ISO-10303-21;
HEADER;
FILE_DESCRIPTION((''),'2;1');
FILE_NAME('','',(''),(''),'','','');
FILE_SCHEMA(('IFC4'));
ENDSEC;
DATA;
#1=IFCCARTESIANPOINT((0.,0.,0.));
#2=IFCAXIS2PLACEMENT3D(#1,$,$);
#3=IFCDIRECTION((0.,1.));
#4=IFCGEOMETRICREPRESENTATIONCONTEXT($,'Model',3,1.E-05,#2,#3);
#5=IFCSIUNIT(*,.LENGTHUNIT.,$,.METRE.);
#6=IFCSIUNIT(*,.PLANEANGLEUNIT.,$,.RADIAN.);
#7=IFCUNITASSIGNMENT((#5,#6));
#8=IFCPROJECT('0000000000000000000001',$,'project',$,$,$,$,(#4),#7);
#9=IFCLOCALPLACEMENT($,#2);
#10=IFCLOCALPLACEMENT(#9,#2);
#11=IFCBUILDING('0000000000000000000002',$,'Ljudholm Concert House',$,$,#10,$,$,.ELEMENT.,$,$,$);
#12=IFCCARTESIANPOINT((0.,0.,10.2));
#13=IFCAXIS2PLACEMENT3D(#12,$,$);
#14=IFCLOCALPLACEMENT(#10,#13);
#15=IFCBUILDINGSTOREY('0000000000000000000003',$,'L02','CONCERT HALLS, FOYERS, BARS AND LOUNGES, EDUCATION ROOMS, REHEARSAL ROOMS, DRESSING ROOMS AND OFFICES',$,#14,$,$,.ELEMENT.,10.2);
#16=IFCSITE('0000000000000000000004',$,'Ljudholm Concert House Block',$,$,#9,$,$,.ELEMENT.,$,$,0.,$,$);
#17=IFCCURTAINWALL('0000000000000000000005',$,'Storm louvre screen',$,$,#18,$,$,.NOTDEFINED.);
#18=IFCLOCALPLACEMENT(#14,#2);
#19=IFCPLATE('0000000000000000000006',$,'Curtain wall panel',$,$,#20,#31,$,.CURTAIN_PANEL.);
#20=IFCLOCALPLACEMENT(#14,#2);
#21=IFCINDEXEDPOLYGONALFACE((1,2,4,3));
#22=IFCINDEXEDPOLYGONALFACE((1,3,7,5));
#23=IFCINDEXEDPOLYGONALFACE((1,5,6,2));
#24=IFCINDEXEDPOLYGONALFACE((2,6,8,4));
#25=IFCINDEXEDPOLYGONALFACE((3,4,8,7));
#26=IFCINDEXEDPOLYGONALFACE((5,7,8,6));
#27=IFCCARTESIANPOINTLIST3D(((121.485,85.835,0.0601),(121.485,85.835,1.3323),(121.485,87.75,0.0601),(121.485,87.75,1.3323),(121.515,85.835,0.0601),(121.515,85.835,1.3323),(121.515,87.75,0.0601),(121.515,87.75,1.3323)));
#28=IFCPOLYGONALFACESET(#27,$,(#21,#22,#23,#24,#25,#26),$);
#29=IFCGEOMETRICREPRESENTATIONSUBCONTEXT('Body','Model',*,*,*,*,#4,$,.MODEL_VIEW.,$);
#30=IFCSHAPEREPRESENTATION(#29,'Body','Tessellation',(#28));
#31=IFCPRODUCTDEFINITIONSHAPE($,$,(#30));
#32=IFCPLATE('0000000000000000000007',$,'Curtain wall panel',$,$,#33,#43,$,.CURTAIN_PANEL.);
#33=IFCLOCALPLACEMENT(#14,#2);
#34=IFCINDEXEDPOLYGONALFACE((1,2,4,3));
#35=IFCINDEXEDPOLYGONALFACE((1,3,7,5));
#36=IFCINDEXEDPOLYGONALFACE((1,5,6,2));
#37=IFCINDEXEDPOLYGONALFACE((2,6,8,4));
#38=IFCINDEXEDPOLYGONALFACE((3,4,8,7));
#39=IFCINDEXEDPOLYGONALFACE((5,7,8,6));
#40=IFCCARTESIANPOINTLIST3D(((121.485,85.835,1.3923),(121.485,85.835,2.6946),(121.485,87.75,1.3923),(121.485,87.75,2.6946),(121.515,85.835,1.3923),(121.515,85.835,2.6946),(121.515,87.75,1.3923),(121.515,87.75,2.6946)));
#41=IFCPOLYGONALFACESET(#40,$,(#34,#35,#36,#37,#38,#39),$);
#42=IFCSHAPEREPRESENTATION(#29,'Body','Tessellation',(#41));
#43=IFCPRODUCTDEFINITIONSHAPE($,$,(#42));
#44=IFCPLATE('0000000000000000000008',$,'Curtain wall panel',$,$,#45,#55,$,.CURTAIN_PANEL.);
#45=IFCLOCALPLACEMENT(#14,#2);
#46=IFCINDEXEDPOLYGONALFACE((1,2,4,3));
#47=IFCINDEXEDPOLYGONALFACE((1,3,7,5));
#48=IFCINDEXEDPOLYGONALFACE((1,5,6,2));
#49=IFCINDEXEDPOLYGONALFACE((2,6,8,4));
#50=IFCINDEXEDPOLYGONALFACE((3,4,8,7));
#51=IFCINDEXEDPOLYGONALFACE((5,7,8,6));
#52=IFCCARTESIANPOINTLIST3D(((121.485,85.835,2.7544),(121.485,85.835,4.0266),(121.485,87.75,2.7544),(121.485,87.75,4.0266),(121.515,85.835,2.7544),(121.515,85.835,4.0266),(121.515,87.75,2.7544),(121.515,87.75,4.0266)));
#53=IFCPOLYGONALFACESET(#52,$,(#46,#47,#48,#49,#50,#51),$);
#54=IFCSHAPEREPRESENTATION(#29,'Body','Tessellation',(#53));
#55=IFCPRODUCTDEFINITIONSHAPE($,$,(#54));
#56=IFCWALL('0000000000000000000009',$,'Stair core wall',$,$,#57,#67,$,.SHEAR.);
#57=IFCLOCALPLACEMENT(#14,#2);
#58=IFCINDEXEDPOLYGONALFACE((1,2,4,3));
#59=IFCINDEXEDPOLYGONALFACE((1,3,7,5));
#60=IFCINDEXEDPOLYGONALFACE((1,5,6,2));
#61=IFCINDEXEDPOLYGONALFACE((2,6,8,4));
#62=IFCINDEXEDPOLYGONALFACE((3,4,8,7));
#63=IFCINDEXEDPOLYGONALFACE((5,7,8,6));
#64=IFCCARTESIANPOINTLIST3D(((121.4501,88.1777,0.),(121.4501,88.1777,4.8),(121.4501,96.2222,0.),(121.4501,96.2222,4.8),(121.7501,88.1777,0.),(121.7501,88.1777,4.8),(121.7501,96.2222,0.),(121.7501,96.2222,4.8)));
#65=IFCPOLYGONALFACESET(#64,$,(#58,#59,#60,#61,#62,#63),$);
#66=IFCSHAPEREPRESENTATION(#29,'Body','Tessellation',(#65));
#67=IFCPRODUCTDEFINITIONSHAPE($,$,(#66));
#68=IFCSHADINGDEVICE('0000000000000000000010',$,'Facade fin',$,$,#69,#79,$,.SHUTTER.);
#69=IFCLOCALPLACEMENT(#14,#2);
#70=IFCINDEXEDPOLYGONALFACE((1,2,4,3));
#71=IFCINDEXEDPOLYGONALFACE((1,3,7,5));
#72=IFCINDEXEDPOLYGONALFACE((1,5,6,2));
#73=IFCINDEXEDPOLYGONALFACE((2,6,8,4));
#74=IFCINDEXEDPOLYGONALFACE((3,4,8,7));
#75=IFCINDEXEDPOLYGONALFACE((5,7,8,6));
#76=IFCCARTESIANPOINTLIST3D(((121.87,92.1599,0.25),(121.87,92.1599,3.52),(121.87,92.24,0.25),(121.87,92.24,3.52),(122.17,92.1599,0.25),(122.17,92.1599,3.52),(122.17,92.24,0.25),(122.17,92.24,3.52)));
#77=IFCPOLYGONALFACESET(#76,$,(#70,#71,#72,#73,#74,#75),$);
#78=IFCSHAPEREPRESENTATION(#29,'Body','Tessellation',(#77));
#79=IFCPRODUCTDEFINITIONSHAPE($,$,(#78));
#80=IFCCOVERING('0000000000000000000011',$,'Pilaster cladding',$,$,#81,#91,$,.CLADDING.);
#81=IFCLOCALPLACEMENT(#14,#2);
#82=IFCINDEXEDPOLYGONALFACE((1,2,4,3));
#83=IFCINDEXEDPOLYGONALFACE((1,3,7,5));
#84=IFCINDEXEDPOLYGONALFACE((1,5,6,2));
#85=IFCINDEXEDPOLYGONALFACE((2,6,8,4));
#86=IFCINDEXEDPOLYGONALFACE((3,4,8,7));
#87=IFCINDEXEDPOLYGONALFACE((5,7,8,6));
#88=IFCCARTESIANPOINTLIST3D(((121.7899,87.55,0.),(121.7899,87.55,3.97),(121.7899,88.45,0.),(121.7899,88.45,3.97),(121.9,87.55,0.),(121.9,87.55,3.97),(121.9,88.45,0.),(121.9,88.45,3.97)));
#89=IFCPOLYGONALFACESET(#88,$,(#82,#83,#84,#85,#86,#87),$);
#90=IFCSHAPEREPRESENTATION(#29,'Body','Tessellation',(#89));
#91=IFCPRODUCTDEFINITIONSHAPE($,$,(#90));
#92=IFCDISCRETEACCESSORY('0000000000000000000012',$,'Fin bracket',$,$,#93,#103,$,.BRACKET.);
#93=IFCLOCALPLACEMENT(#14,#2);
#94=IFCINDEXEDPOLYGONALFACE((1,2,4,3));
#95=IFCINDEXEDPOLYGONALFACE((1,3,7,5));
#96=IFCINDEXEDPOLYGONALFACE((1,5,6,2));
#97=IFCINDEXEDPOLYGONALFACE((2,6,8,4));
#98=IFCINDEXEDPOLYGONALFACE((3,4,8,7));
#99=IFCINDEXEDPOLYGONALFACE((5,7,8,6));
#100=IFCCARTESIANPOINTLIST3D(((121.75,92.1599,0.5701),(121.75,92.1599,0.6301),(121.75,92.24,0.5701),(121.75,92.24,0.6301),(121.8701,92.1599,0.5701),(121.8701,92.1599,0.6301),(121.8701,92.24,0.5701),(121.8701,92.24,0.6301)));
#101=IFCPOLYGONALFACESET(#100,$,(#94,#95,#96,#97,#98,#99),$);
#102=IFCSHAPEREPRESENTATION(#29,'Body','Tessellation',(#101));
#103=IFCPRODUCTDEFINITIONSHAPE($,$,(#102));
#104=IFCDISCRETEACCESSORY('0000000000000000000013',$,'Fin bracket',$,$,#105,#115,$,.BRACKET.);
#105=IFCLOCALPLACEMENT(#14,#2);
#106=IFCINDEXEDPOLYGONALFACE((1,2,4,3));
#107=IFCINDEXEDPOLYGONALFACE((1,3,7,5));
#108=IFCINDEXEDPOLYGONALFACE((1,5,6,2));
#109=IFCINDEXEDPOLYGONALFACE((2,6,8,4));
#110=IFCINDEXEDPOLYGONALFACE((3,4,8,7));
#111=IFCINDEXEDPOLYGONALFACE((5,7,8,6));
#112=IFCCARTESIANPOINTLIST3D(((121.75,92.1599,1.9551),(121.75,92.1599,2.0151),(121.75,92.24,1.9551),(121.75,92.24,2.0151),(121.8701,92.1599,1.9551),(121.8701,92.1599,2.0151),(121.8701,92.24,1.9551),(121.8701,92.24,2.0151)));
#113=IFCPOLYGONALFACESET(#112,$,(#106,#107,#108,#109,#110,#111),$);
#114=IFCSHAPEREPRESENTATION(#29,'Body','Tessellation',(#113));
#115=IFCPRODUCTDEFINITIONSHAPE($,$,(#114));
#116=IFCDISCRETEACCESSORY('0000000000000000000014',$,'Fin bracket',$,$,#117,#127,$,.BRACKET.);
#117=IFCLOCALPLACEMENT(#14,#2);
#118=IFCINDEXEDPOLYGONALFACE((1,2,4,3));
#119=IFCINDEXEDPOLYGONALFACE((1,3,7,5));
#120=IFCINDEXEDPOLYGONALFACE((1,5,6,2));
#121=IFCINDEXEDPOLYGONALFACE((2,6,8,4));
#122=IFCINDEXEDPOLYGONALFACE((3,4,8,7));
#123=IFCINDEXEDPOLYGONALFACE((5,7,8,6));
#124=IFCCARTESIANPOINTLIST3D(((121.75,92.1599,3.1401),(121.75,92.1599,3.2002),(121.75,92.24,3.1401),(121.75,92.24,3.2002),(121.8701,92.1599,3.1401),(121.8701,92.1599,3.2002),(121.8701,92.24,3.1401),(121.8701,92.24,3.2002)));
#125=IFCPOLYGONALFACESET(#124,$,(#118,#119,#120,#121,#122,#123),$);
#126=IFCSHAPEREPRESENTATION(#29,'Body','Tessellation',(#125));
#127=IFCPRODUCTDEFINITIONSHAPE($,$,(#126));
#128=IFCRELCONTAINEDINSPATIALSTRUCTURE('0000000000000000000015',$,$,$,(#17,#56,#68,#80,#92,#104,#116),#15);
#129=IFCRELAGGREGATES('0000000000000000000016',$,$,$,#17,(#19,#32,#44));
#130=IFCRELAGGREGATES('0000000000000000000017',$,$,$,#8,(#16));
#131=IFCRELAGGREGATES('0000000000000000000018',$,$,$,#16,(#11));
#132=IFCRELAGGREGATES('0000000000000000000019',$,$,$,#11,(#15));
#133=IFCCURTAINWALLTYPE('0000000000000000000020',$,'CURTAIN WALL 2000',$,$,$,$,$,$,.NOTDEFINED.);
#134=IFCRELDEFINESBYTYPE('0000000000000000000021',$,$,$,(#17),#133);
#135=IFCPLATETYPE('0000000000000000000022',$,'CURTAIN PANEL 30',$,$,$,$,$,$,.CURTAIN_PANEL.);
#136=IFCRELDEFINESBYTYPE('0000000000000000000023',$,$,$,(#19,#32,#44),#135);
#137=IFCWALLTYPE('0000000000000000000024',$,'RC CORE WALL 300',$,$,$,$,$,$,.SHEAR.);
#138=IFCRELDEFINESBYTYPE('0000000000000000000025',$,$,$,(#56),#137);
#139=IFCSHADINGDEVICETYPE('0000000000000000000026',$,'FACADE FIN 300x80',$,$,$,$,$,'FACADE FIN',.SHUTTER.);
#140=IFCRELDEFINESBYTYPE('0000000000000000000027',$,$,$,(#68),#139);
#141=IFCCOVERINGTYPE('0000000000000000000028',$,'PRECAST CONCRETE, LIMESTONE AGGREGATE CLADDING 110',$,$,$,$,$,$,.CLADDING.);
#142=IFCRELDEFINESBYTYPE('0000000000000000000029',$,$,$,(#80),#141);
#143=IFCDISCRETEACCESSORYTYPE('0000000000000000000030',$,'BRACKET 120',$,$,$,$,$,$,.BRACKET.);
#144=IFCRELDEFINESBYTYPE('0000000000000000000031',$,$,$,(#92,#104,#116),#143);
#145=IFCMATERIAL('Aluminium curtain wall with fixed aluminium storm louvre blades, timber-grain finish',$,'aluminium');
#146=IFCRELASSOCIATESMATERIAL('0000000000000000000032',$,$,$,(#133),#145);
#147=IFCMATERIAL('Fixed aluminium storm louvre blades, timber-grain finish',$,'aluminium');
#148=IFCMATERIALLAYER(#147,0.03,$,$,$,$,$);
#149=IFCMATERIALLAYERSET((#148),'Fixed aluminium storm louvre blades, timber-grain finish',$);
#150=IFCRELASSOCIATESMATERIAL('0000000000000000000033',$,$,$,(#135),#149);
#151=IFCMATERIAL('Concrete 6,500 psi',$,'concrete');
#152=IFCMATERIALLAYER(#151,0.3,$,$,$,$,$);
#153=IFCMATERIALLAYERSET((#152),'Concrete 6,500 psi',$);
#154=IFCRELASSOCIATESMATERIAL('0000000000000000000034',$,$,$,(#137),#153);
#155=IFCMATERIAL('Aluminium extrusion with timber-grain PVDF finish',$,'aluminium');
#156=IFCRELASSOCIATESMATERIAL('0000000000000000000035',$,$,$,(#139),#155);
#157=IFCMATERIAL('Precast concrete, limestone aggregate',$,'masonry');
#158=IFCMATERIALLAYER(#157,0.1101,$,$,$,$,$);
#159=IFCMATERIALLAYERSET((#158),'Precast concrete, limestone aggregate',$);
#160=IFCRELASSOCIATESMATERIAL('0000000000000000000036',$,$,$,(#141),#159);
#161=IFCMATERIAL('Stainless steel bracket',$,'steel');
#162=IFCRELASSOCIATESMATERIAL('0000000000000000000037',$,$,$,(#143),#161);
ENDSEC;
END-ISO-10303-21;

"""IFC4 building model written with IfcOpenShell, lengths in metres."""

from ifc_helpers import new_model, si_unit, direction, frame, frame_2d, origin, origin_2d, place, context, subcontext, project, spatial, rectangle, extrude, material, layer, layer_set, type_object, element, aggregate, save


model = new_model("IFC4")

# Units and contexts
model_context = context("Model", 3, precision=1e-05, world=origin(), true_north=direction((0.0, 1.0)))
body_context = subcontext(model_context, "Body", "Model", "MODEL_VIEW")
ifc_project = project(units=[si_unit("LENGTHUNIT", "METRE"), si_unit("PLANEANGLEUNIT", "RADIAN")], contexts=[model_context])

# Site, building, storey
site_placement = place(None, origin())
site = spatial("IfcSite", under=ifc_project, at=site_placement, Name="Ljudholm Concert House Block", CompositionType="ELEMENT", RefElevation=0.0)
building_placement = place(site_placement, origin())
building = spatial("IfcBuilding", under=site, at=building_placement, Name="Ljudholm Concert House", CompositionType="ELEMENT")
storey_placement = place(building_placement, frame((0.0, 0.0, 10.2)))
storey = spatial("IfcBuildingStorey", under=building, at=storey_placement, Name="L02", Description="CONCERT HALLS, FOYERS, BARS AND LOUNGES, EDUCATION ROOMS, REHEARSAL ROOMS, DRESSING ROOMS AND OFFICES", CompositionType="ELEMENT", Elevation=10.2)

# Curtain wall
ifc_material_1 = material(Name="Aluminium curtain wall with fixed aluminium storm louvre blades, timber-grain finish", Category="aluminium")
curtain_wall_type = type_object("IfcCurtainWallType", Name="CURTAIN WALL 2000", PredefinedType="NOTDEFINED", material=ifc_material_1)
curtain_wall_placement = place(storey_placement, origin())
curtain_wall = element("IfcCurtainWall", 1, at=curtain_wall_placement, inside=storey, type_object=curtain_wall_type, Name="Storm louvre screen", PredefinedType="NOTDEFINED")

# Plates
ifc_material_2 = material(Name="Fixed aluminium storm louvre blades, timber-grain finish", Category="aluminium")
ifc_layer_1 = layer(ifc_material_2, 0.03)
ifc_layer_set_1 = layer_set([ifc_layer_1], Name="Fixed aluminium storm louvre blades, timber-grain finish")
plate_type = type_object("IfcPlateType", Name="CURTAIN PANEL 30", PredefinedType="CURTAIN_PANEL", material=ifc_layer_set_1)
plate_1_placement = place(storey_placement, frame((121.5, 86.7925, 0.0601), z_axis=(0.0, 0.0, 1.0), x_axis=(0.0, 1.0, 0.0)))
plate_1 = element("IfcPlate", 2, at=plate_1_placement, type_object=plate_type, Name="Curtain wall panel", PredefinedType="CURTAIN_PANEL", context=body_context, shape_type="SweptSolid", body=[
    extrude(rectangle(XDim=1.915, YDim=0.03, at=origin_2d()), origin(), (0.0, 0.0, 1.0), 1.2722),
])
plate_2_placement = place(storey_placement, frame((121.5, 86.7925, 1.3923), z_axis=(0.0, 0.0, 1.0), x_axis=(0.0, 1.0, 0.0)))
plate_2 = element("IfcPlate", 3, at=plate_2_placement, type_object=plate_type, Name="Curtain wall panel", PredefinedType="CURTAIN_PANEL", context=body_context, shape_type="SweptSolid", body=[
    extrude(rectangle(XDim=1.915, YDim=0.03, at=origin_2d()), origin(), (0.0, 0.0, 1.0), 1.3022),
])
plate_3_placement = place(storey_placement, frame((121.5, 86.7925, 2.7544), z_axis=(0.0, 0.0, 1.0), x_axis=(0.0, 1.0, 0.0)))
plate_3 = element("IfcPlate", 4, at=plate_3_placement, type_object=plate_type, Name="Curtain wall panel", PredefinedType="CURTAIN_PANEL", context=body_context, shape_type="SweptSolid", body=[
    extrude(rectangle(XDim=1.915, YDim=0.03, at=origin_2d()), origin(), (0.0, 0.0, 1.0), 1.2722),
])
aggregate(curtain_wall, [plate_1, plate_2, plate_3])

# Wall
ifc_material_3 = material(Name="Concrete 6,500 psi", Category="concrete")
ifc_layer_2 = layer(ifc_material_3, 0.3)
ifc_layer_set_2 = layer_set([ifc_layer_2], Name="Concrete 6,500 psi")
wall_type = type_object("IfcWallType", Name="RC CORE WALL 300", PredefinedType="SHEAR", material=ifc_layer_set_2)
wall_placement = place(storey_placement, frame((121.6001, 88.1777, 0.0), z_axis=(0.0, 0.0, 1.0), x_axis=(0.0, 1.0, 0.0)))
element("IfcWall", 5, at=wall_placement, inside=storey, type_object=wall_type, Name="Stair core wall", PredefinedType="SHEAR", context=body_context, shape_type="SweptSolid", body=[
    extrude(rectangle(XDim=8.0444, YDim=0.3, at=frame_2d((4.0222, 0.0))), origin(), (0.0, 0.0, 1.0), 4.8),
])

# Shading device
ifc_material_4 = material(Name="Aluminium extrusion with timber-grain PVDF finish", Category="aluminium")
shading_device_type = type_object("IfcShadingDeviceType", Name="FACADE FIN 300x80", ElementType="FACADE FIN", PredefinedType="SHUTTER", material=ifc_material_4)
shading_device_placement = place(storey_placement, frame((122.02, 92.2, 0.25), z_axis=(0.0, 0.0, 1.0), x_axis=(1.0, 0.0, 0.0)))
element("IfcShadingDevice", 6, at=shading_device_placement, inside=storey, type_object=shading_device_type, Name="Facade fin", PredefinedType="SHUTTER", context=body_context, shape_type="SweptSolid", body=[
    extrude(rectangle(XDim=0.3, YDim=0.0801, at=origin_2d()), origin(), (0.0, 0.0, 1.0), 3.27),
])

# Covering
ifc_material_5 = material(Name="Precast concrete, limestone aggregate", Category="masonry")
ifc_layer_3 = layer(ifc_material_5, 0.1101)
ifc_layer_set_3 = layer_set([ifc_layer_3], Name="Precast concrete, limestone aggregate")
covering_type = type_object("IfcCoveringType", Name="PRECAST CONCRETE, LIMESTONE AGGREGATE CLADDING 110", PredefinedType="CLADDING", material=ifc_layer_set_3)
covering_placement = place(storey_placement, frame((121.845, 88.0, 0.0), z_axis=(0.0, 0.0, 1.0), x_axis=(1.0, 0.0, 0.0)))
element("IfcCovering", 7, at=covering_placement, inside=storey, type_object=covering_type, Name="Pilaster cladding", PredefinedType="CLADDING", context=body_context, shape_type="SweptSolid", body=[
    extrude(rectangle(XDim=0.1101, YDim=0.8999, at=origin_2d()), origin(), (0.0, 0.0, 1.0), 3.97),
])

# Discrete accessories
ifc_material_6 = material(Name="Stainless steel bracket", Category="steel")
discrete_accessory_type = type_object("IfcDiscreteAccessoryType", Name="BRACKET 120", PredefinedType="BRACKET", material=ifc_material_6)
for number, where, z_axis, x_axis, name in (
    (8, (121.8101, 92.2, 0.5701), (0.0, 0.0, 1.0), (1.0, 0.0, 0.0), "Fin bracket"),
    (9, (121.8101, 92.2, 1.9551), (0.0, 0.0, 1.0), (1.0, 0.0, 0.0), "Fin bracket"),
    (10, (121.8101, 92.2, 3.1401), (0.0, 0.0, 1.0), (1.0, 0.0, 0.0), "Fin bracket"),
):
    element("IfcDiscreteAccessory", number, at=place(storey_placement, frame(where, z_axis=z_axis, x_axis=x_axis)), inside=storey, type_object=discrete_accessory_type, Name=name, PredefinedType="BRACKET", context=body_context, shape_type="SweptSolid", body=[
        extrude(rectangle(XDim=0.1201, YDim=0.0801, at=origin_2d()), origin(), (0.0, 0.0, 1.0), 0.0601),
    ])

save(model, "model.ifc")
